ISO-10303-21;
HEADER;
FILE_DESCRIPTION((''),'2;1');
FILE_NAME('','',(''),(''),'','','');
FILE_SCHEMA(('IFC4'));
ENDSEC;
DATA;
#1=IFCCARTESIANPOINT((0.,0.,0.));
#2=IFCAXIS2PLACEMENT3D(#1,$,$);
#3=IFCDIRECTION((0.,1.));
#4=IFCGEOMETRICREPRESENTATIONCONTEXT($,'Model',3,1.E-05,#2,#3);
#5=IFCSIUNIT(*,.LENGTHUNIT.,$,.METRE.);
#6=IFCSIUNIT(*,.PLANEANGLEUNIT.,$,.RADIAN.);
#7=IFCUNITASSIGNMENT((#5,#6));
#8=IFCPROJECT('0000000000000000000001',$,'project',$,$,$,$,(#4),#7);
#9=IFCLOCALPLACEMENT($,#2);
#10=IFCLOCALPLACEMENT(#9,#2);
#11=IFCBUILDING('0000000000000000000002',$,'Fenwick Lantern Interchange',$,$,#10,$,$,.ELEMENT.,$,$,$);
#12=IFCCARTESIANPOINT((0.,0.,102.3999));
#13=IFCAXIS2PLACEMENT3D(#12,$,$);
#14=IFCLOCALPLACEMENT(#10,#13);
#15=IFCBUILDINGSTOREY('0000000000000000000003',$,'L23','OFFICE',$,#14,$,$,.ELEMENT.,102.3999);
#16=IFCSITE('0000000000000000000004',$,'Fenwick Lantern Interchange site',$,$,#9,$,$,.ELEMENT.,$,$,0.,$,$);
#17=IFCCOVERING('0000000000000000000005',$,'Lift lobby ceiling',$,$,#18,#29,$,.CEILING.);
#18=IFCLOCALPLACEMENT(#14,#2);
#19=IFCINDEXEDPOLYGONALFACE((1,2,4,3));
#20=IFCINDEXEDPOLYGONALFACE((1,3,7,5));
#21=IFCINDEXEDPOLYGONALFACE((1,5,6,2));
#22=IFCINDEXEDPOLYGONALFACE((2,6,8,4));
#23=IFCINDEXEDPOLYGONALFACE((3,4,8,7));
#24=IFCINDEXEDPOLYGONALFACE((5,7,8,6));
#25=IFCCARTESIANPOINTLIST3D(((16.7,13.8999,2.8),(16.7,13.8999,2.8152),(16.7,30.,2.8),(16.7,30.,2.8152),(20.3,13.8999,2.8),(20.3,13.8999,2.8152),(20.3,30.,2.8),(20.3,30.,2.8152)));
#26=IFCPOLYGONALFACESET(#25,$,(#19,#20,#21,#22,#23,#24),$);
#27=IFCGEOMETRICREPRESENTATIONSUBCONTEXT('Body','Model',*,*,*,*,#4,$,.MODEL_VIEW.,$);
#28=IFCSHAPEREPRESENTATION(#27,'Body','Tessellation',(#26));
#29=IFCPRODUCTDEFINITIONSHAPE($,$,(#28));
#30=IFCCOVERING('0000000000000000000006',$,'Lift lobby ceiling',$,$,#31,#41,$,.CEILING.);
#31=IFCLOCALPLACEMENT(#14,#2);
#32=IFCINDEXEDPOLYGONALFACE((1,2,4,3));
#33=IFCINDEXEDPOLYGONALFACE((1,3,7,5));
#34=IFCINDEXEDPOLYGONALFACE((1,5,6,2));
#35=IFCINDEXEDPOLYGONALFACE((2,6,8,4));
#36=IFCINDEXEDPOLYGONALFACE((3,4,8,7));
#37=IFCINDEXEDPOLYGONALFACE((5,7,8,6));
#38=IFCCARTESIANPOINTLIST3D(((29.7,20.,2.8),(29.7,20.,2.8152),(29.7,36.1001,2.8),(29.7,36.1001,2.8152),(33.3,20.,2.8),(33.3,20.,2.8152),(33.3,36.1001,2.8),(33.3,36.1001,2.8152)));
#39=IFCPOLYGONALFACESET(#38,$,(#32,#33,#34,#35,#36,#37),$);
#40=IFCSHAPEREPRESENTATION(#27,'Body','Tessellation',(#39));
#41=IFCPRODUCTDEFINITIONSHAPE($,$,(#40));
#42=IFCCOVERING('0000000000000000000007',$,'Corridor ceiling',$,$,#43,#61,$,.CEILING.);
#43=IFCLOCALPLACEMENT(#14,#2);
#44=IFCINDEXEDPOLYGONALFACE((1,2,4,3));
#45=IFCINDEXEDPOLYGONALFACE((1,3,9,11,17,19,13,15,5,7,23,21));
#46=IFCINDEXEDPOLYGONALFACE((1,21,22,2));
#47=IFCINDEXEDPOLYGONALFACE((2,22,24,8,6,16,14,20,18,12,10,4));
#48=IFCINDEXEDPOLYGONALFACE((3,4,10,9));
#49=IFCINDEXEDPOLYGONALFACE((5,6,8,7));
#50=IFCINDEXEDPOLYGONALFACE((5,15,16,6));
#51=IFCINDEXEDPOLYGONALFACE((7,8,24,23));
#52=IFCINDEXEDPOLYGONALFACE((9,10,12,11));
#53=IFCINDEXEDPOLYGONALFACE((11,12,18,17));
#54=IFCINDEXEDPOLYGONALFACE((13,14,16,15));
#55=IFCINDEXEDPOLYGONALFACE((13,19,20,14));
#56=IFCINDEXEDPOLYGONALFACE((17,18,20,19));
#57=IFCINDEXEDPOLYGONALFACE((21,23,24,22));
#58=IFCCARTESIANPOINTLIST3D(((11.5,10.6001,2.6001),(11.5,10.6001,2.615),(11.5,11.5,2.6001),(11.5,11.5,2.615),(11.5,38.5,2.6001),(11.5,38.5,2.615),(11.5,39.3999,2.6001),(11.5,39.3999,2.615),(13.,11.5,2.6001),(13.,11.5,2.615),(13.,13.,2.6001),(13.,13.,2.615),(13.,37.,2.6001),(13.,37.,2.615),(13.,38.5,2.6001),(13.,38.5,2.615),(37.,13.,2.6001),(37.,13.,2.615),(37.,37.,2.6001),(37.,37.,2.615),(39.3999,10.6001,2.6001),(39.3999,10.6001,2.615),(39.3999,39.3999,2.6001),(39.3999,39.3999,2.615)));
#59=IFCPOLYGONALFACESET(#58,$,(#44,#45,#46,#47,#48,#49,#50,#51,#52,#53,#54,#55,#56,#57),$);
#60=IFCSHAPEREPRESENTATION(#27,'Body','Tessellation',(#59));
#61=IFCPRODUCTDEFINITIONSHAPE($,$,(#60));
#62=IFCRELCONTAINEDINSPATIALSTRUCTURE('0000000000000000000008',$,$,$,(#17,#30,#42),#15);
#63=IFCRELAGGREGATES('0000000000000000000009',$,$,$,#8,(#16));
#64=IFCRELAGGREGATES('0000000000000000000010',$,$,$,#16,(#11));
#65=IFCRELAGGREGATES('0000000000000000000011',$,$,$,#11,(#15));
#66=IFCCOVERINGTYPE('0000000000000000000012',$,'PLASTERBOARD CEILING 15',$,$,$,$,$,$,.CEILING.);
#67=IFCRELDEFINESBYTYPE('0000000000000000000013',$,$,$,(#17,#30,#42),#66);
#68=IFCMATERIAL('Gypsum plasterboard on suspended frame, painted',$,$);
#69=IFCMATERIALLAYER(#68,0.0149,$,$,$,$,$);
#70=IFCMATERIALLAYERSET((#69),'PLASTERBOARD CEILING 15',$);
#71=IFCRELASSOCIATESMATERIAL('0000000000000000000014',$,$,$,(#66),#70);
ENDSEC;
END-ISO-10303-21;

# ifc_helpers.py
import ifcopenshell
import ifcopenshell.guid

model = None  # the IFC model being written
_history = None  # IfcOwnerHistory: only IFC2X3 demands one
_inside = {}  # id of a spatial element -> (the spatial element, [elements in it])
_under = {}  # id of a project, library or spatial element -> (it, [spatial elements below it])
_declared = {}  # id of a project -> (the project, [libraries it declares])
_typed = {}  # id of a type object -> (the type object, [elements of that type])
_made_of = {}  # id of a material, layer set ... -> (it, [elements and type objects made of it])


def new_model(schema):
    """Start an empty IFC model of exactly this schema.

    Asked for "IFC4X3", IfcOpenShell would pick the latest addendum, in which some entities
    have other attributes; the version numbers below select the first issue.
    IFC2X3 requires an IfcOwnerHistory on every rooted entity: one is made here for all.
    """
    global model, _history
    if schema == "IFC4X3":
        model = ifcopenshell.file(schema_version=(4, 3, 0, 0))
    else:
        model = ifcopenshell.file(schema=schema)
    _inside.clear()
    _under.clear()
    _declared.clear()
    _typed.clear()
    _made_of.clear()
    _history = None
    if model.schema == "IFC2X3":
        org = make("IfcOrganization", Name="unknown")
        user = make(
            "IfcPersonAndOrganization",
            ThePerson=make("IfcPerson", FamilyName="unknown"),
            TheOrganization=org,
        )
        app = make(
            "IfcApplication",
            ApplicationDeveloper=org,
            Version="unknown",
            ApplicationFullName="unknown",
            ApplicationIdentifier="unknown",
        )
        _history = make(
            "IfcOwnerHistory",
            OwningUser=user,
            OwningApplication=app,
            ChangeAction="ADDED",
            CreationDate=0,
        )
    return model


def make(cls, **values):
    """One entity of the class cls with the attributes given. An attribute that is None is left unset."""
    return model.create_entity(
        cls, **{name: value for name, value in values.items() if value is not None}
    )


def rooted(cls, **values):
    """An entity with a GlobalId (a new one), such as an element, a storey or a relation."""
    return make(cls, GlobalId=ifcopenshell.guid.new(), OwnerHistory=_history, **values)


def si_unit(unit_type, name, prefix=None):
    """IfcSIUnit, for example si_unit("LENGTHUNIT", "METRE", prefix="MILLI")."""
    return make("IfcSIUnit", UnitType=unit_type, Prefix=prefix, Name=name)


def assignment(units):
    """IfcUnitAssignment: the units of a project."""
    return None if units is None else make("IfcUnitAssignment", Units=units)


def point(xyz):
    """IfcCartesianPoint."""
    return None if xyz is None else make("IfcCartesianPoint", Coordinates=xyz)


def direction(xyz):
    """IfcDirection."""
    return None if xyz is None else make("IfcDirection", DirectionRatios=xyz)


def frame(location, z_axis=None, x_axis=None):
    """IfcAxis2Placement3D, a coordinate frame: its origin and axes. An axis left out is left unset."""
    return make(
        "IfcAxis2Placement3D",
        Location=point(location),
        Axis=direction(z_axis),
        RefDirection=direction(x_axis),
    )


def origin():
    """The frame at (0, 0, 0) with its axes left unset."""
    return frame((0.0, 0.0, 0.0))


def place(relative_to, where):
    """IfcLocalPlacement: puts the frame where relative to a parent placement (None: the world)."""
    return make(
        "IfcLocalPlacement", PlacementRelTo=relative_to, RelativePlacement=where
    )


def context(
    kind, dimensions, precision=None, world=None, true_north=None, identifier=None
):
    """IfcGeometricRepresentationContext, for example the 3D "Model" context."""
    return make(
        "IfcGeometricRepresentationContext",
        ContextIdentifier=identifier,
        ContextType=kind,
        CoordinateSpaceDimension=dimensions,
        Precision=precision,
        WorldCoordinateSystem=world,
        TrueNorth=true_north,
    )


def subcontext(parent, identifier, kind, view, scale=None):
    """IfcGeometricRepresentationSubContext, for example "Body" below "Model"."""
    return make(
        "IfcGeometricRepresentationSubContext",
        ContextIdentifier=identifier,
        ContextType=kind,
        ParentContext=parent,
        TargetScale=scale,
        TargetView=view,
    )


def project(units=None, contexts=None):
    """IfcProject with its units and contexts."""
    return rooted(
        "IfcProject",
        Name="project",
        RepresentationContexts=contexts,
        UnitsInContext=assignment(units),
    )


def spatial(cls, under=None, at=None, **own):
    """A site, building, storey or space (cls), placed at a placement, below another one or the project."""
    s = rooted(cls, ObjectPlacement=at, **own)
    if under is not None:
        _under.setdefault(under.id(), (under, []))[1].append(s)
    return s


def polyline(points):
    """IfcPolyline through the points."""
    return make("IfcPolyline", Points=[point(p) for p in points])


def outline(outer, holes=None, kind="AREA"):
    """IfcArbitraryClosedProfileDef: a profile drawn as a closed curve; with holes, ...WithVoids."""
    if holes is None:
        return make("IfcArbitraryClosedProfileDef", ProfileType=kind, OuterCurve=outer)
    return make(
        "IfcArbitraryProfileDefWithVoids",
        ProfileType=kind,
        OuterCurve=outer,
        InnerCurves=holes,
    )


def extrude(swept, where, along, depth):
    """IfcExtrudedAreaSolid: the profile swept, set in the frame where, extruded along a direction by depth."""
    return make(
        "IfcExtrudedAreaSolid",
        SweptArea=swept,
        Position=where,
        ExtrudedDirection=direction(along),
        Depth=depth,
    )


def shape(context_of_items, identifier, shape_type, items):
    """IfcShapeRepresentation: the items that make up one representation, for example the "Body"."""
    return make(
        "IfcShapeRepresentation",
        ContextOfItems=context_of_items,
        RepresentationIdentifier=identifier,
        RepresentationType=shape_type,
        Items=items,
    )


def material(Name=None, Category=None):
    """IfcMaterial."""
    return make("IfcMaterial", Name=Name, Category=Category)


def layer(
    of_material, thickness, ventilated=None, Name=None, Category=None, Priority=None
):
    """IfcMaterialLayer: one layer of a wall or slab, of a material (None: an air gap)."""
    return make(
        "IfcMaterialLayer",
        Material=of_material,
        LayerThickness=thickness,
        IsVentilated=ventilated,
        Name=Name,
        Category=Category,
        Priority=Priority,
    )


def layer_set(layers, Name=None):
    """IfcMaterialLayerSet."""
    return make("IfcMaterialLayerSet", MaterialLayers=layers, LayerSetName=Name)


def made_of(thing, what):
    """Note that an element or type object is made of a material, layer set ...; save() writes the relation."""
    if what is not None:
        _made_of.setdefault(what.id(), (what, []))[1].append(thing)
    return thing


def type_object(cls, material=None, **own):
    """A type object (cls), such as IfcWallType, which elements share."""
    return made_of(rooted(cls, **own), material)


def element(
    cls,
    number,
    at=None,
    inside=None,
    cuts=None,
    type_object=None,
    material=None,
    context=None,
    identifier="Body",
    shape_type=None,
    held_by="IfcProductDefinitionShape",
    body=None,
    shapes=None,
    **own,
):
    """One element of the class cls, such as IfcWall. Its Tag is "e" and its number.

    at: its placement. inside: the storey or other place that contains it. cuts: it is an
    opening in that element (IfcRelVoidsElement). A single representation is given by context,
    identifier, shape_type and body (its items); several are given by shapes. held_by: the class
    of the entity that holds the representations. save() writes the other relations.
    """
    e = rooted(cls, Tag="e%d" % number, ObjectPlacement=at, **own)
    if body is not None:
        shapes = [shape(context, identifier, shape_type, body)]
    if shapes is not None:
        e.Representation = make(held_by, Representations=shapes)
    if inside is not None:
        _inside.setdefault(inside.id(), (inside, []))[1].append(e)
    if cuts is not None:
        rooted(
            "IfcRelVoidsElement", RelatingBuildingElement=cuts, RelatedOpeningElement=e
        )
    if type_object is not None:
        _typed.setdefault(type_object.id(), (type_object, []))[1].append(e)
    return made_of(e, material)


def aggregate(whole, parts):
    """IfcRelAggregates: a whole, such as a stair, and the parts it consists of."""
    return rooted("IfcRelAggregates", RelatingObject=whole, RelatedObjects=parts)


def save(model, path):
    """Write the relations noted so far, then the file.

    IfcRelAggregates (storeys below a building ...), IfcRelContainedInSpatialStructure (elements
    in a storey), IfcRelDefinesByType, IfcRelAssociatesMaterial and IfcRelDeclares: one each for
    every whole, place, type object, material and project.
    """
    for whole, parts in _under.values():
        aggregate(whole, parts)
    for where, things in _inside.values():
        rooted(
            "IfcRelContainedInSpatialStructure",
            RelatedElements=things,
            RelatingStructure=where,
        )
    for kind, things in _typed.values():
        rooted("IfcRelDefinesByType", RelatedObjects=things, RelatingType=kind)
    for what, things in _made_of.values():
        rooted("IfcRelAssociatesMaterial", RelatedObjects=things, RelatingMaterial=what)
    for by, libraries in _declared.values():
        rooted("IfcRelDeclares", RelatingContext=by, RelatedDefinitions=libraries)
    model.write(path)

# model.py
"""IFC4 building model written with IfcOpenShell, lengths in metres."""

from ifc_helpers import new_model, si_unit, direction, frame, origin, place, context, subcontext, project, spatial, polyline, outline, extrude, material, layer, layer_set, type_object, element, save


model = new_model("IFC4")

# Units and contexts
model_context = context("Model", 3, precision=1e-05, world=origin(), true_north=direction((0.0, 1.0)))
body_context = subcontext(model_context, "Body", "Model", "MODEL_VIEW")
ifc_project = project(units=[si_unit("LENGTHUNIT", "METRE"), si_unit("PLANEANGLEUNIT", "RADIAN")], contexts=[model_context])

# Site, building, storey
site_placement = place(None, origin())
site = spatial("IfcSite", under=ifc_project, at=site_placement, Name="Fenwick Lantern Interchange site", CompositionType="ELEMENT", RefElevation=0.0)
building_placement = place(site_placement, origin())
building = spatial("IfcBuilding", under=site, at=building_placement, Name="Fenwick Lantern Interchange", CompositionType="ELEMENT")
storey_placement = place(building_placement, frame((0.0, 0.0, 102.3999)))
storey = spatial("IfcBuildingStorey", under=building, at=storey_placement, Name="L23", Description="OFFICE", CompositionType="ELEMENT", Elevation=102.3999)

# Coverings
ifc_material_1 = material(Name="Gypsum plasterboard on suspended frame, painted")
ifc_layer_1 = layer(ifc_material_1, 0.0149)
ifc_layer_set_1 = layer_set([ifc_layer_1], Name="PLASTERBOARD CEILING 15")
covering_type_1 = type_object("IfcCoveringType", Name="PLASTERBOARD CEILING 15", PredefinedType="CEILING", material=ifc_layer_set_1)
covering_1_placement = place(storey_placement, frame((0.0, 0.0, 2.8)))
element("IfcCovering", 1, at=covering_1_placement, inside=storey, type_object=covering_type_1, Name="Lift lobby ceiling", PredefinedType="CEILING", context=body_context, shape_type="SweptSolid", body=[
    extrude(outline(polyline([(16.7, 13.8999), (20.3, 13.8999), (20.3, 30.0), (16.7, 30.0), (16.7, 13.8999)])), origin(), (0.0, 0.0, 1.0), 0.0151),
])
covering_2_placement = place(storey_placement, frame((0.0, 0.0, 2.8)))
element("IfcCovering", 2, at=covering_2_placement, inside=storey, type_object=covering_type_1, Name="Lift lobby ceiling", PredefinedType="CEILING", context=body_context, shape_type="SweptSolid", body=[
    extrude(outline(polyline([(33.3, 36.1001), (29.7, 36.1001), (29.7, 20.0), (33.3, 20.0), (33.3, 36.1001)])), origin(), (0.0, 0.0, 1.0), 0.0151),
])
covering_3_placement = place(storey_placement, frame((0.0, 0.0, 2.6001)))
element("IfcCovering", 3, at=covering_3_placement, inside=storey, type_object=covering_type_1, Name="Corridor ceiling", PredefinedType="CEILING", context=body_context, shape_type="SweptSolid", body=[
    extrude(outline(polyline([(11.5, 11.5), (11.5, 10.6001), (39.3999, 10.6001), (39.3999, 39.3999), (11.5, 39.3999), (11.5, 38.5), (13.0, 38.5), (13.0, 37.0), (37.0, 37.0), (37.0, 13.0), (13.0, 13.0), (13.0, 11.5), (11.5, 11.5)])), origin(), (0.0, 0.0, 1.0), 0.0149),
])

save(model, "model.ifc")
